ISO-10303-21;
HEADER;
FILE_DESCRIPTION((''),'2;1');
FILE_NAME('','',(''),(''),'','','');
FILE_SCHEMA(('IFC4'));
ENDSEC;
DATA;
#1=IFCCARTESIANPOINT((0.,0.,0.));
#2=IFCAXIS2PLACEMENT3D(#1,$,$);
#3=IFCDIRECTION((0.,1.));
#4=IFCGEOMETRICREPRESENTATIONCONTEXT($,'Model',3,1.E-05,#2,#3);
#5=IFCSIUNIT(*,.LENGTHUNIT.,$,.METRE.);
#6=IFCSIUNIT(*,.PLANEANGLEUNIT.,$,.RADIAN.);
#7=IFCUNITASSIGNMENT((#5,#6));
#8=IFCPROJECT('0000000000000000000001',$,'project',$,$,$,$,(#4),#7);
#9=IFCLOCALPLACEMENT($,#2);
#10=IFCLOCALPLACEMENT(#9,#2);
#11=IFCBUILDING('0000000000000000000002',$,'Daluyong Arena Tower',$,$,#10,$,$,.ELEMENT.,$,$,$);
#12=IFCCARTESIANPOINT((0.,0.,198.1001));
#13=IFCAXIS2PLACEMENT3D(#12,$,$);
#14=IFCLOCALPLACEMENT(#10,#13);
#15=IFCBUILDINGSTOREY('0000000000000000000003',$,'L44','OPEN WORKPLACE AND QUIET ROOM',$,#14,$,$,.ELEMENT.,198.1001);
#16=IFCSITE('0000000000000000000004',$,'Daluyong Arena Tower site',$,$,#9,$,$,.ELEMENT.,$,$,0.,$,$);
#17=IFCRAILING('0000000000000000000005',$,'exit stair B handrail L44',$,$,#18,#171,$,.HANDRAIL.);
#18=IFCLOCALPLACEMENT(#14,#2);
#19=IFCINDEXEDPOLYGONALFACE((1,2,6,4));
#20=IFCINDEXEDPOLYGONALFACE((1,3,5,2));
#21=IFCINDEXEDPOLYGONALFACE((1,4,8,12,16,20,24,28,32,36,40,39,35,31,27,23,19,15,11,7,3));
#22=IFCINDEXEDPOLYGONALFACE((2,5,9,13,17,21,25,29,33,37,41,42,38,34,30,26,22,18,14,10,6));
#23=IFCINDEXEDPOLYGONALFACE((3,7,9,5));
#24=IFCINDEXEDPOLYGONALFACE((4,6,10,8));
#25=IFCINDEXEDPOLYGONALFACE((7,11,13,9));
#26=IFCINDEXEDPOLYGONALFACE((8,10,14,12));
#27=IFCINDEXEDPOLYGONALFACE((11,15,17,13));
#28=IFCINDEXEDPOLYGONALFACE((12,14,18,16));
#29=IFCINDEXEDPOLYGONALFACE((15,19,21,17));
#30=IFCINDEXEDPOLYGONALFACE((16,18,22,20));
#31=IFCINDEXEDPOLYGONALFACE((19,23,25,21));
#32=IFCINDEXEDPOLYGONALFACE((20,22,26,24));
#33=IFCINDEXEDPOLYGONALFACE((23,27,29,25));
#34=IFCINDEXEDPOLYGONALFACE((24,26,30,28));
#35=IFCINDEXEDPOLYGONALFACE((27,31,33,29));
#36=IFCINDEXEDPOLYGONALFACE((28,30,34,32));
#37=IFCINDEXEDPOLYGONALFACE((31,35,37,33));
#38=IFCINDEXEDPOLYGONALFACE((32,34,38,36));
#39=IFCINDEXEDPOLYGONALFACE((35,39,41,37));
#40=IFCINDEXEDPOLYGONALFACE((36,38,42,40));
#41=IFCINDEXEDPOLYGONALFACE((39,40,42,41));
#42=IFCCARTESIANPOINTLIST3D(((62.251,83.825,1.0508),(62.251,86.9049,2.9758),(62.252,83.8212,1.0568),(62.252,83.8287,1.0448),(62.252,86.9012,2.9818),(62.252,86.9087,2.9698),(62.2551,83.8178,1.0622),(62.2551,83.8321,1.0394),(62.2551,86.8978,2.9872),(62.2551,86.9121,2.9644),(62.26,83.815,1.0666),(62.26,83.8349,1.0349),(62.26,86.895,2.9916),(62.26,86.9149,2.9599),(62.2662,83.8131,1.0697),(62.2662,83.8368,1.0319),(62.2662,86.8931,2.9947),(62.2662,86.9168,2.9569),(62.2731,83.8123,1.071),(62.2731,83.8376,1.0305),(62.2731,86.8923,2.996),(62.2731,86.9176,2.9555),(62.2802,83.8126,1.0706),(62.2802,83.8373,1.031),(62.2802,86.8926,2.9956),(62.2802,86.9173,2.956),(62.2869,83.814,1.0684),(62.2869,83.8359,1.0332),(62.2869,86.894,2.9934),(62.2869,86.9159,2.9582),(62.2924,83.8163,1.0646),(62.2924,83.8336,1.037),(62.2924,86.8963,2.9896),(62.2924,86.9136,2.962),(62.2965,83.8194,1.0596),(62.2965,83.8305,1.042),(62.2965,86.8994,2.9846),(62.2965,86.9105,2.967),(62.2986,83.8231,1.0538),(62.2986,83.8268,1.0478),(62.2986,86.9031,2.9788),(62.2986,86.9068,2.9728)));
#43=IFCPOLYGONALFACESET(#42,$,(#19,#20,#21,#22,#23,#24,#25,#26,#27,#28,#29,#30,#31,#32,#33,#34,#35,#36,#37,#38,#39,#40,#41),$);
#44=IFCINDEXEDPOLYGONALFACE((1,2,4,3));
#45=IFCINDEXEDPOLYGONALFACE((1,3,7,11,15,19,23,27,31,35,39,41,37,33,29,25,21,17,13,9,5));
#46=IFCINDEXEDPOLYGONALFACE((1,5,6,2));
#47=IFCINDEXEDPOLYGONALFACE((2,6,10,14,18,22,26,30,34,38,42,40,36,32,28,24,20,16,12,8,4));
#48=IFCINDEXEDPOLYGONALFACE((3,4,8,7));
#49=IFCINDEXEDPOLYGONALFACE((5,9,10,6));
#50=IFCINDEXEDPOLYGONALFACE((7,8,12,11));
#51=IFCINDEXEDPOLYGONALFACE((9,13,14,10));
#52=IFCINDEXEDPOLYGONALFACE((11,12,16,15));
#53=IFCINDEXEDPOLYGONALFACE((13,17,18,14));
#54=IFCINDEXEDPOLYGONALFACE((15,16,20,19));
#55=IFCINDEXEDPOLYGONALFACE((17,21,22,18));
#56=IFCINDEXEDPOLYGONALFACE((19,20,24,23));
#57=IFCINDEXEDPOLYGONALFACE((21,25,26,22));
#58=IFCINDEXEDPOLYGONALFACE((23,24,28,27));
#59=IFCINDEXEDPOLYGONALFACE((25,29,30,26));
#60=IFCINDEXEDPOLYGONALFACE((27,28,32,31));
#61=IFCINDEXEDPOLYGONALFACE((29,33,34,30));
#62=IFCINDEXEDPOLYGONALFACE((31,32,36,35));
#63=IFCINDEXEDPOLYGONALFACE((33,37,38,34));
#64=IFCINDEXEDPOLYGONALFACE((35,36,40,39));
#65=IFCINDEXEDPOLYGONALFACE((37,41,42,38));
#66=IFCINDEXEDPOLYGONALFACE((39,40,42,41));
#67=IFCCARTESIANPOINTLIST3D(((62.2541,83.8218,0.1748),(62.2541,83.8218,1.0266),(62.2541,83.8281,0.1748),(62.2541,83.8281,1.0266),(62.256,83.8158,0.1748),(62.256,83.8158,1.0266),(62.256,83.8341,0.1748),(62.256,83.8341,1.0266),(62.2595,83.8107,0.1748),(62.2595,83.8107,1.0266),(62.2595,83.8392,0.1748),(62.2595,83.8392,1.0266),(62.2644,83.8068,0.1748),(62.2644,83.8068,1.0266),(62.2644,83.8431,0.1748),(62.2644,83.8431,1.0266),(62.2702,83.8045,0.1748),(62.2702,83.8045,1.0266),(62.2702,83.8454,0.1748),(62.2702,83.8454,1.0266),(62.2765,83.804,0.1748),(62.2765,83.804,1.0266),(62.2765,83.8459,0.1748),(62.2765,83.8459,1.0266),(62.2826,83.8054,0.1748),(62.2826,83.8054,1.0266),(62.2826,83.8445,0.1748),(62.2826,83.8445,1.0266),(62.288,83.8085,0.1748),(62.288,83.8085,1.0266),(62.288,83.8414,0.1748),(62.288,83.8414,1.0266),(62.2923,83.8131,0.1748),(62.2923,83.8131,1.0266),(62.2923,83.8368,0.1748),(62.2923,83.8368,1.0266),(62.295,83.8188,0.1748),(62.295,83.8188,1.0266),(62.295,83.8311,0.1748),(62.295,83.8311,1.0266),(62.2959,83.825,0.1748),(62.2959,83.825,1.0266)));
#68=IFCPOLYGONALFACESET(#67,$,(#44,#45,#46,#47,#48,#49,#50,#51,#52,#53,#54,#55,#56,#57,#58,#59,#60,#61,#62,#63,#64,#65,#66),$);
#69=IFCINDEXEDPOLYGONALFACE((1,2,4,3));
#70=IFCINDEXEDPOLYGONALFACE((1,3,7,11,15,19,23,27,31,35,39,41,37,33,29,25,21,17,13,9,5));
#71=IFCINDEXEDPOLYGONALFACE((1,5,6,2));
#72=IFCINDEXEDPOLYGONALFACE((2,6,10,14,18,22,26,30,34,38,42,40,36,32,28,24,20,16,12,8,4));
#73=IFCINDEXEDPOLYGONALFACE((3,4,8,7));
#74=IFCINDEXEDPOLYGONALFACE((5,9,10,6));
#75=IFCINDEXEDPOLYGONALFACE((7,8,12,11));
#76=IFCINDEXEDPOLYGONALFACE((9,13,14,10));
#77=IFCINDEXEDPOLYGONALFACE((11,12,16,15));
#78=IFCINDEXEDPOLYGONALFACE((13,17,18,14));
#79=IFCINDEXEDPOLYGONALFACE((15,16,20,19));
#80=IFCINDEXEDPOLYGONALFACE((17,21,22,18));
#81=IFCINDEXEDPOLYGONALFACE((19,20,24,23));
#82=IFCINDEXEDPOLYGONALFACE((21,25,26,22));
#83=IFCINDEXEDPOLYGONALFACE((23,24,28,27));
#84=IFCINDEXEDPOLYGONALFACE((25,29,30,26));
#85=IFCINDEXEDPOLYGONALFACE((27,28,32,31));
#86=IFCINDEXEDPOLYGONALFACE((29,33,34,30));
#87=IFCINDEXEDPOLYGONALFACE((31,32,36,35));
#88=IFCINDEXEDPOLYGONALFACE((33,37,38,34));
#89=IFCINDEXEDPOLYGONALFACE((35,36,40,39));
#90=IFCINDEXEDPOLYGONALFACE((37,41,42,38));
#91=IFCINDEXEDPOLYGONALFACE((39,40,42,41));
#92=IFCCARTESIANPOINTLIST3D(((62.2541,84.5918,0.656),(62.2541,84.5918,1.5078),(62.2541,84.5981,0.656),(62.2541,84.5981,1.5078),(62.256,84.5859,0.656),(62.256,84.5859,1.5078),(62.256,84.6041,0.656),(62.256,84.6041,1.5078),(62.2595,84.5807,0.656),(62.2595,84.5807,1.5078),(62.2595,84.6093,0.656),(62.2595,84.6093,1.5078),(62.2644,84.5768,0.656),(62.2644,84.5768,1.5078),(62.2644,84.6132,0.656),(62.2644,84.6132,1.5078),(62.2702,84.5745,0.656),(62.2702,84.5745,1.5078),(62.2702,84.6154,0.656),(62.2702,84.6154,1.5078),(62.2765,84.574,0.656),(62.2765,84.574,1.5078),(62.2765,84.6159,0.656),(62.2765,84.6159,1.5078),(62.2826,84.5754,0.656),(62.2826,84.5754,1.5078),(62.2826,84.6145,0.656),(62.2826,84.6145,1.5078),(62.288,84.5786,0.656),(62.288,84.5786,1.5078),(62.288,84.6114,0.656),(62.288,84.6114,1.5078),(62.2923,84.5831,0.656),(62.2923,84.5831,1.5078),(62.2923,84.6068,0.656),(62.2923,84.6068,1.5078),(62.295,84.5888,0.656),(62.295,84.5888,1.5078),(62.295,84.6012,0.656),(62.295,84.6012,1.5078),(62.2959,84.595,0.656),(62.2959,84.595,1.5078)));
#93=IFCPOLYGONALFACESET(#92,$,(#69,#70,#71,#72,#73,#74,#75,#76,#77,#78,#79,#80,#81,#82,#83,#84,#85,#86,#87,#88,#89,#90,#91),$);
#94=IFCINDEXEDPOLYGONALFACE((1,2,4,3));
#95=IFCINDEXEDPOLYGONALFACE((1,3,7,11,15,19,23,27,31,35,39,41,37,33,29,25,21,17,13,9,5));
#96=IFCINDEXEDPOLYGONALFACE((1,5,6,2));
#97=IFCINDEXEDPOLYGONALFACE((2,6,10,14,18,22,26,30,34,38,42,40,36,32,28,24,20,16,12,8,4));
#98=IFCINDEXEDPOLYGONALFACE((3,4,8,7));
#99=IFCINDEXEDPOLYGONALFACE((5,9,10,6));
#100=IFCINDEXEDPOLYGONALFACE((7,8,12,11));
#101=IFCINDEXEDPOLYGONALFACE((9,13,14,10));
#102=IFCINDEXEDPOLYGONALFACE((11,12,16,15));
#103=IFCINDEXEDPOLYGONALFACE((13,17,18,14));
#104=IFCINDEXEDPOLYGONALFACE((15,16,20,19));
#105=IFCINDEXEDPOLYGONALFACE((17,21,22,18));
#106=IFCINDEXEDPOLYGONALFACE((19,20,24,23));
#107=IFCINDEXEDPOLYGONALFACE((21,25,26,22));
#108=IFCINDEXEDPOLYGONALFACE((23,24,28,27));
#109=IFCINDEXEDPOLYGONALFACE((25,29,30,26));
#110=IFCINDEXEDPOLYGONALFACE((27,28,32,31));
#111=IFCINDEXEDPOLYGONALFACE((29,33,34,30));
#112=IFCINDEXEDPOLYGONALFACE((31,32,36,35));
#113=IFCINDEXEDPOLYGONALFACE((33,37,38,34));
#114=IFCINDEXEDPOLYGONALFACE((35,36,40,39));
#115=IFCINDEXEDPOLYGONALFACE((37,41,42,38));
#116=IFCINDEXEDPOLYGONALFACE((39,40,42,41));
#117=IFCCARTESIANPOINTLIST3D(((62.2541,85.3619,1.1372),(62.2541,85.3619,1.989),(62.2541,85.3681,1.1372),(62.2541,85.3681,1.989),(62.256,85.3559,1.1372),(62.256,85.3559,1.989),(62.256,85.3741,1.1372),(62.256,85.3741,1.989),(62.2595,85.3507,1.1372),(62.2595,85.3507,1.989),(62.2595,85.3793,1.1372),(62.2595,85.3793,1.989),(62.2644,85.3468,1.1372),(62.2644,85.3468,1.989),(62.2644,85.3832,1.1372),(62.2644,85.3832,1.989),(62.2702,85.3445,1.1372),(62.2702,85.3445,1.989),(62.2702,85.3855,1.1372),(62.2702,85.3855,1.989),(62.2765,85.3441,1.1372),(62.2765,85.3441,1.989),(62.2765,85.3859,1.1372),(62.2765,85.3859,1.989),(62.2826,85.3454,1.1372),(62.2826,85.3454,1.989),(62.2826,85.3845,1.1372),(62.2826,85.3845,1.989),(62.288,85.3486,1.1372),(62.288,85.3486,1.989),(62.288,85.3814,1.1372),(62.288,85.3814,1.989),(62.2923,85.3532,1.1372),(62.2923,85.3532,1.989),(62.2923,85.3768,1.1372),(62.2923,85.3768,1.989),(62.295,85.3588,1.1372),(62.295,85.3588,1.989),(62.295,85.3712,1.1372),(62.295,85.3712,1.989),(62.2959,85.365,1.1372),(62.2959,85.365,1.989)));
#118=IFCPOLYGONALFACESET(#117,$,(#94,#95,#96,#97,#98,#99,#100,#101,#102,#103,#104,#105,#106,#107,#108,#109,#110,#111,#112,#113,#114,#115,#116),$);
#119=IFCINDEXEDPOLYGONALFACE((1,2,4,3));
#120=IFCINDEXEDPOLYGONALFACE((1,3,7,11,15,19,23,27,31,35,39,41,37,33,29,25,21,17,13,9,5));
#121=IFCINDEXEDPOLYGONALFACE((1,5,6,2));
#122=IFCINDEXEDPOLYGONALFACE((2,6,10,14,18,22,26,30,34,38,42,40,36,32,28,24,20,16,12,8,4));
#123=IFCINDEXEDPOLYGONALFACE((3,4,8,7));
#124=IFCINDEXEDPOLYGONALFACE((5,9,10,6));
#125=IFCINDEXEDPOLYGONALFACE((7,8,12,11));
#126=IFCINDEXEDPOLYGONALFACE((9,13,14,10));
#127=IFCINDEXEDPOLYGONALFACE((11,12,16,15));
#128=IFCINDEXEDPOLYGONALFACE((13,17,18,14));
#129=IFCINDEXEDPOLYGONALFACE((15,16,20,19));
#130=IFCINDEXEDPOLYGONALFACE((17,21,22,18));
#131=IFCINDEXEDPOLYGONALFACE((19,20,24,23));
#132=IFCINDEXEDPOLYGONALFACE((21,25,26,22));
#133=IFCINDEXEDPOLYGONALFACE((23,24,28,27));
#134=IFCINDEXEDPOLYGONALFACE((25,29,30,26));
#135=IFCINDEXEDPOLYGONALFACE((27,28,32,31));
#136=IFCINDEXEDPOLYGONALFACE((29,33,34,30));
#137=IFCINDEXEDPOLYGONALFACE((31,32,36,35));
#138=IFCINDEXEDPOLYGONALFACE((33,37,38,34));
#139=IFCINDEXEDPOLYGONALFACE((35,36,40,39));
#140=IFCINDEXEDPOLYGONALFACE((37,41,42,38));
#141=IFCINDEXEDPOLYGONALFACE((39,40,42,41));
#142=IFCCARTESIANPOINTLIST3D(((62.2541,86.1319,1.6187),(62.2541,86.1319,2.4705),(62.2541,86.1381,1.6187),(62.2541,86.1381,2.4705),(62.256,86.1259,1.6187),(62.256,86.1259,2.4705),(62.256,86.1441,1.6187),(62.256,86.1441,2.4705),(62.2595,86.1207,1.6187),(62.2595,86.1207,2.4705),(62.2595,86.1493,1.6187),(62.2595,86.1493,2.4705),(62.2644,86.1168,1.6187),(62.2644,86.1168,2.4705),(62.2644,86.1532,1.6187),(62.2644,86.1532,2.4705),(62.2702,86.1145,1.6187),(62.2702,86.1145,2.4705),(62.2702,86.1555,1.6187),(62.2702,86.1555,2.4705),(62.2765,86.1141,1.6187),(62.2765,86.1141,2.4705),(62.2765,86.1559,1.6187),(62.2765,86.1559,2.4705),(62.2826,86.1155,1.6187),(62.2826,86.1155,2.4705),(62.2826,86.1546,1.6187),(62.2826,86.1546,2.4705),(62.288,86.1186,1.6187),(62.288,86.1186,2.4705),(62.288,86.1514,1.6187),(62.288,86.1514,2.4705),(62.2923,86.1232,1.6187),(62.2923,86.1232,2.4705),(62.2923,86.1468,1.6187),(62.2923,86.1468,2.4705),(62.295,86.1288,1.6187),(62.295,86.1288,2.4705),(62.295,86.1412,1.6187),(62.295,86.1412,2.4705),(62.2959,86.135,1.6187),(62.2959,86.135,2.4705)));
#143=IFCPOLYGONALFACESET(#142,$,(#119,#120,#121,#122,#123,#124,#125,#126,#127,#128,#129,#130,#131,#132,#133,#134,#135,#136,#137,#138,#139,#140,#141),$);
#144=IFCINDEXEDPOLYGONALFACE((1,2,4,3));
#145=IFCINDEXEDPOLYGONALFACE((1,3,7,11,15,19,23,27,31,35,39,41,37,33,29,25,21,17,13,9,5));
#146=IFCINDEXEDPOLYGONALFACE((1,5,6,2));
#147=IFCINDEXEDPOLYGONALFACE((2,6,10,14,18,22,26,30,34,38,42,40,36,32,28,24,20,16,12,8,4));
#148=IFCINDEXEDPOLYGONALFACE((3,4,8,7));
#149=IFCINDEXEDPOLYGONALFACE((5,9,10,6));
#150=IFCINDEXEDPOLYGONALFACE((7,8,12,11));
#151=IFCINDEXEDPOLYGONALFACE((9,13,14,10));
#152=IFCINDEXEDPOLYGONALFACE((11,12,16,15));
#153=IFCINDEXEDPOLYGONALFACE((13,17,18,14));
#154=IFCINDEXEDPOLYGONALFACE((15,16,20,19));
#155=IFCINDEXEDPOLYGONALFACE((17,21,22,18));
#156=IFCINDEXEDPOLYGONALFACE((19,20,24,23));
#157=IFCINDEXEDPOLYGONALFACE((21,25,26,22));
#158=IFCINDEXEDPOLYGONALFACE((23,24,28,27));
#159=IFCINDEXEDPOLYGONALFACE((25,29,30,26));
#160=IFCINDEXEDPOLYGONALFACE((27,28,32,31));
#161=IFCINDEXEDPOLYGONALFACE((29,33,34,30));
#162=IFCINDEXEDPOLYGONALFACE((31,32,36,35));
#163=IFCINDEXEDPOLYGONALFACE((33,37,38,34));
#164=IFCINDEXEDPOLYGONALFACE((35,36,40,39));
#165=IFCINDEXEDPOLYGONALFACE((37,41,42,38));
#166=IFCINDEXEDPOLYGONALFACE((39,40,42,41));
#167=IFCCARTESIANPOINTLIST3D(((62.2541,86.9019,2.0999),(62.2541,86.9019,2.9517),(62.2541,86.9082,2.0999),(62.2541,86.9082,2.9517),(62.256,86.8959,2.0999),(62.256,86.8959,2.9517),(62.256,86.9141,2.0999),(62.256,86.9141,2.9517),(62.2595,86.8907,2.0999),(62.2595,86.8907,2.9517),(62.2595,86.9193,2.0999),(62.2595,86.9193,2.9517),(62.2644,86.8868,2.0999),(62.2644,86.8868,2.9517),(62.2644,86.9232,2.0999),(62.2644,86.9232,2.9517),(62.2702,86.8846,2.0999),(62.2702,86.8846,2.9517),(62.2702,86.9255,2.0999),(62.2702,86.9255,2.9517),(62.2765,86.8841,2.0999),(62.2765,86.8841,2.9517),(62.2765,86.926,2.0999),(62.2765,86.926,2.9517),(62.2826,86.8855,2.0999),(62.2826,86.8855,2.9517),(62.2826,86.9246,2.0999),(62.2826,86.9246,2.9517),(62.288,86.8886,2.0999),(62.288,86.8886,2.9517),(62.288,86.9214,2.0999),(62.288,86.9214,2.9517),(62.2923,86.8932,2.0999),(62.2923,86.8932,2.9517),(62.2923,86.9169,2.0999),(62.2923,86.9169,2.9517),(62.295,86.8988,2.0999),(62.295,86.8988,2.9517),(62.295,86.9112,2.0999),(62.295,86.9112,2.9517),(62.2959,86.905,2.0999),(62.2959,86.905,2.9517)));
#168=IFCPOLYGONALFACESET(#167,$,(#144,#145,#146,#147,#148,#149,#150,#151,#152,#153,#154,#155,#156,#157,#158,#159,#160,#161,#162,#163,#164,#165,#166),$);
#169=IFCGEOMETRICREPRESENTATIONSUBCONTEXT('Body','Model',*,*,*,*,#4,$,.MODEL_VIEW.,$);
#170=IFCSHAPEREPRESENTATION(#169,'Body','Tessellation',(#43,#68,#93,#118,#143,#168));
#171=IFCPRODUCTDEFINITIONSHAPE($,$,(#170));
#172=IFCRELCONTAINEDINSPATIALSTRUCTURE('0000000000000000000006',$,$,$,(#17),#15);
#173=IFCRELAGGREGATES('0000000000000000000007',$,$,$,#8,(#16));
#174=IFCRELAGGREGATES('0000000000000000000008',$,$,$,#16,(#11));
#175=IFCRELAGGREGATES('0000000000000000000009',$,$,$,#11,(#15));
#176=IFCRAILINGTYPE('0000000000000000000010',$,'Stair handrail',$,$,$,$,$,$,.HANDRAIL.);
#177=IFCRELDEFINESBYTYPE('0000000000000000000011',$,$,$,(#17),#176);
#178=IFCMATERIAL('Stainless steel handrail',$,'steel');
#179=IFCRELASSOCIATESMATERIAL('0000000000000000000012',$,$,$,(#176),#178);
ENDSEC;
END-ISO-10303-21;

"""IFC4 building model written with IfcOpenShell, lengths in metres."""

from ifc_helpers import new_model, si_unit, direction, frame, origin, origin_2d, place, context, subcontext, project, spatial, circle, extrude, material, type_object, element, save


model = new_model("IFC4")

# Units and contexts
model_context = context("Model", 3, precision=1e-05, world=origin(), true_north=direction((0.0, 1.0)))
body_context = subcontext(model_context, "Body", "Model", "MODEL_VIEW")
ifc_project = project(units=[si_unit("LENGTHUNIT", "METRE"), si_unit("PLANEANGLEUNIT", "RADIAN")], contexts=[model_context])

# Site, building, storey
site_placement = place(None, origin())
site = spatial("IfcSite", under=ifc_project, at=site_placement, Name="Daluyong Arena Tower site", CompositionType="ELEMENT", RefElevation=0.0)
building_placement = place(site_placement, origin())
building = spatial("IfcBuilding", under=site, at=building_placement, Name="Daluyong Arena Tower", CompositionType="ELEMENT")
storey_placement = place(building_placement, frame((0.0, 0.0, 198.1001)))
storey = spatial("IfcBuildingStorey", under=building, at=storey_placement, Name="L44", Description="OPEN WORKPLACE AND QUIET ROOM", CompositionType="ELEMENT", Elevation=198.1001)

# Railing
ifc_material_1 = material(Name="Stainless steel handrail", Category="steel")
railing_type_1 = type_object("IfcRailingType", Name="Stair handrail", PredefinedType="HANDRAIL", material=ifc_material_1)
railing_1_placement = place(storey_placement, frame((62.2749, 83.825, 0.1748)))
element("IfcRailing", 1, at=railing_1_placement, inside=storey, type_object=railing_type_1, Name="exit stair B handrail L44", PredefinedType="HANDRAIL", context=body_context, shape_type="SweptSolid", body=[
    extrude(circle(Radius=0.0239, at=origin_2d()), frame((0.0, 0.0, 0.876), z_axis=(0.0, 0.847998, 0.529999), x_axis=(-1.0, 0.0, 0.0)), (0.0, 0.0, 1.0), 3.6321),
    extrude(circle(Radius=0.021, at=origin_2d()), origin(), (0.0, 0.0, 1.0), 0.8518),
    extrude(circle(Radius=0.021, at=origin_2d()), frame((0.0, 0.77, 0.4812)), (0.0, 0.0, 1.0), 0.8518),
    extrude(circle(Radius=0.021, at=origin_2d()), frame((0.0, 1.54, 0.9624)), (0.0, 0.0, 1.0), 0.8518),
    extrude(circle(Radius=0.021, at=origin_2d()), frame((0.0, 2.3101, 1.4438)), (0.0, 0.0, 1.0), 0.8518),
    extrude(circle(Radius=0.021, at=origin_2d()), frame((0.0, 3.0801, 1.925)), (0.0, 0.0, 1.0), 0.8518),
])

save(model, "model.ifc")
